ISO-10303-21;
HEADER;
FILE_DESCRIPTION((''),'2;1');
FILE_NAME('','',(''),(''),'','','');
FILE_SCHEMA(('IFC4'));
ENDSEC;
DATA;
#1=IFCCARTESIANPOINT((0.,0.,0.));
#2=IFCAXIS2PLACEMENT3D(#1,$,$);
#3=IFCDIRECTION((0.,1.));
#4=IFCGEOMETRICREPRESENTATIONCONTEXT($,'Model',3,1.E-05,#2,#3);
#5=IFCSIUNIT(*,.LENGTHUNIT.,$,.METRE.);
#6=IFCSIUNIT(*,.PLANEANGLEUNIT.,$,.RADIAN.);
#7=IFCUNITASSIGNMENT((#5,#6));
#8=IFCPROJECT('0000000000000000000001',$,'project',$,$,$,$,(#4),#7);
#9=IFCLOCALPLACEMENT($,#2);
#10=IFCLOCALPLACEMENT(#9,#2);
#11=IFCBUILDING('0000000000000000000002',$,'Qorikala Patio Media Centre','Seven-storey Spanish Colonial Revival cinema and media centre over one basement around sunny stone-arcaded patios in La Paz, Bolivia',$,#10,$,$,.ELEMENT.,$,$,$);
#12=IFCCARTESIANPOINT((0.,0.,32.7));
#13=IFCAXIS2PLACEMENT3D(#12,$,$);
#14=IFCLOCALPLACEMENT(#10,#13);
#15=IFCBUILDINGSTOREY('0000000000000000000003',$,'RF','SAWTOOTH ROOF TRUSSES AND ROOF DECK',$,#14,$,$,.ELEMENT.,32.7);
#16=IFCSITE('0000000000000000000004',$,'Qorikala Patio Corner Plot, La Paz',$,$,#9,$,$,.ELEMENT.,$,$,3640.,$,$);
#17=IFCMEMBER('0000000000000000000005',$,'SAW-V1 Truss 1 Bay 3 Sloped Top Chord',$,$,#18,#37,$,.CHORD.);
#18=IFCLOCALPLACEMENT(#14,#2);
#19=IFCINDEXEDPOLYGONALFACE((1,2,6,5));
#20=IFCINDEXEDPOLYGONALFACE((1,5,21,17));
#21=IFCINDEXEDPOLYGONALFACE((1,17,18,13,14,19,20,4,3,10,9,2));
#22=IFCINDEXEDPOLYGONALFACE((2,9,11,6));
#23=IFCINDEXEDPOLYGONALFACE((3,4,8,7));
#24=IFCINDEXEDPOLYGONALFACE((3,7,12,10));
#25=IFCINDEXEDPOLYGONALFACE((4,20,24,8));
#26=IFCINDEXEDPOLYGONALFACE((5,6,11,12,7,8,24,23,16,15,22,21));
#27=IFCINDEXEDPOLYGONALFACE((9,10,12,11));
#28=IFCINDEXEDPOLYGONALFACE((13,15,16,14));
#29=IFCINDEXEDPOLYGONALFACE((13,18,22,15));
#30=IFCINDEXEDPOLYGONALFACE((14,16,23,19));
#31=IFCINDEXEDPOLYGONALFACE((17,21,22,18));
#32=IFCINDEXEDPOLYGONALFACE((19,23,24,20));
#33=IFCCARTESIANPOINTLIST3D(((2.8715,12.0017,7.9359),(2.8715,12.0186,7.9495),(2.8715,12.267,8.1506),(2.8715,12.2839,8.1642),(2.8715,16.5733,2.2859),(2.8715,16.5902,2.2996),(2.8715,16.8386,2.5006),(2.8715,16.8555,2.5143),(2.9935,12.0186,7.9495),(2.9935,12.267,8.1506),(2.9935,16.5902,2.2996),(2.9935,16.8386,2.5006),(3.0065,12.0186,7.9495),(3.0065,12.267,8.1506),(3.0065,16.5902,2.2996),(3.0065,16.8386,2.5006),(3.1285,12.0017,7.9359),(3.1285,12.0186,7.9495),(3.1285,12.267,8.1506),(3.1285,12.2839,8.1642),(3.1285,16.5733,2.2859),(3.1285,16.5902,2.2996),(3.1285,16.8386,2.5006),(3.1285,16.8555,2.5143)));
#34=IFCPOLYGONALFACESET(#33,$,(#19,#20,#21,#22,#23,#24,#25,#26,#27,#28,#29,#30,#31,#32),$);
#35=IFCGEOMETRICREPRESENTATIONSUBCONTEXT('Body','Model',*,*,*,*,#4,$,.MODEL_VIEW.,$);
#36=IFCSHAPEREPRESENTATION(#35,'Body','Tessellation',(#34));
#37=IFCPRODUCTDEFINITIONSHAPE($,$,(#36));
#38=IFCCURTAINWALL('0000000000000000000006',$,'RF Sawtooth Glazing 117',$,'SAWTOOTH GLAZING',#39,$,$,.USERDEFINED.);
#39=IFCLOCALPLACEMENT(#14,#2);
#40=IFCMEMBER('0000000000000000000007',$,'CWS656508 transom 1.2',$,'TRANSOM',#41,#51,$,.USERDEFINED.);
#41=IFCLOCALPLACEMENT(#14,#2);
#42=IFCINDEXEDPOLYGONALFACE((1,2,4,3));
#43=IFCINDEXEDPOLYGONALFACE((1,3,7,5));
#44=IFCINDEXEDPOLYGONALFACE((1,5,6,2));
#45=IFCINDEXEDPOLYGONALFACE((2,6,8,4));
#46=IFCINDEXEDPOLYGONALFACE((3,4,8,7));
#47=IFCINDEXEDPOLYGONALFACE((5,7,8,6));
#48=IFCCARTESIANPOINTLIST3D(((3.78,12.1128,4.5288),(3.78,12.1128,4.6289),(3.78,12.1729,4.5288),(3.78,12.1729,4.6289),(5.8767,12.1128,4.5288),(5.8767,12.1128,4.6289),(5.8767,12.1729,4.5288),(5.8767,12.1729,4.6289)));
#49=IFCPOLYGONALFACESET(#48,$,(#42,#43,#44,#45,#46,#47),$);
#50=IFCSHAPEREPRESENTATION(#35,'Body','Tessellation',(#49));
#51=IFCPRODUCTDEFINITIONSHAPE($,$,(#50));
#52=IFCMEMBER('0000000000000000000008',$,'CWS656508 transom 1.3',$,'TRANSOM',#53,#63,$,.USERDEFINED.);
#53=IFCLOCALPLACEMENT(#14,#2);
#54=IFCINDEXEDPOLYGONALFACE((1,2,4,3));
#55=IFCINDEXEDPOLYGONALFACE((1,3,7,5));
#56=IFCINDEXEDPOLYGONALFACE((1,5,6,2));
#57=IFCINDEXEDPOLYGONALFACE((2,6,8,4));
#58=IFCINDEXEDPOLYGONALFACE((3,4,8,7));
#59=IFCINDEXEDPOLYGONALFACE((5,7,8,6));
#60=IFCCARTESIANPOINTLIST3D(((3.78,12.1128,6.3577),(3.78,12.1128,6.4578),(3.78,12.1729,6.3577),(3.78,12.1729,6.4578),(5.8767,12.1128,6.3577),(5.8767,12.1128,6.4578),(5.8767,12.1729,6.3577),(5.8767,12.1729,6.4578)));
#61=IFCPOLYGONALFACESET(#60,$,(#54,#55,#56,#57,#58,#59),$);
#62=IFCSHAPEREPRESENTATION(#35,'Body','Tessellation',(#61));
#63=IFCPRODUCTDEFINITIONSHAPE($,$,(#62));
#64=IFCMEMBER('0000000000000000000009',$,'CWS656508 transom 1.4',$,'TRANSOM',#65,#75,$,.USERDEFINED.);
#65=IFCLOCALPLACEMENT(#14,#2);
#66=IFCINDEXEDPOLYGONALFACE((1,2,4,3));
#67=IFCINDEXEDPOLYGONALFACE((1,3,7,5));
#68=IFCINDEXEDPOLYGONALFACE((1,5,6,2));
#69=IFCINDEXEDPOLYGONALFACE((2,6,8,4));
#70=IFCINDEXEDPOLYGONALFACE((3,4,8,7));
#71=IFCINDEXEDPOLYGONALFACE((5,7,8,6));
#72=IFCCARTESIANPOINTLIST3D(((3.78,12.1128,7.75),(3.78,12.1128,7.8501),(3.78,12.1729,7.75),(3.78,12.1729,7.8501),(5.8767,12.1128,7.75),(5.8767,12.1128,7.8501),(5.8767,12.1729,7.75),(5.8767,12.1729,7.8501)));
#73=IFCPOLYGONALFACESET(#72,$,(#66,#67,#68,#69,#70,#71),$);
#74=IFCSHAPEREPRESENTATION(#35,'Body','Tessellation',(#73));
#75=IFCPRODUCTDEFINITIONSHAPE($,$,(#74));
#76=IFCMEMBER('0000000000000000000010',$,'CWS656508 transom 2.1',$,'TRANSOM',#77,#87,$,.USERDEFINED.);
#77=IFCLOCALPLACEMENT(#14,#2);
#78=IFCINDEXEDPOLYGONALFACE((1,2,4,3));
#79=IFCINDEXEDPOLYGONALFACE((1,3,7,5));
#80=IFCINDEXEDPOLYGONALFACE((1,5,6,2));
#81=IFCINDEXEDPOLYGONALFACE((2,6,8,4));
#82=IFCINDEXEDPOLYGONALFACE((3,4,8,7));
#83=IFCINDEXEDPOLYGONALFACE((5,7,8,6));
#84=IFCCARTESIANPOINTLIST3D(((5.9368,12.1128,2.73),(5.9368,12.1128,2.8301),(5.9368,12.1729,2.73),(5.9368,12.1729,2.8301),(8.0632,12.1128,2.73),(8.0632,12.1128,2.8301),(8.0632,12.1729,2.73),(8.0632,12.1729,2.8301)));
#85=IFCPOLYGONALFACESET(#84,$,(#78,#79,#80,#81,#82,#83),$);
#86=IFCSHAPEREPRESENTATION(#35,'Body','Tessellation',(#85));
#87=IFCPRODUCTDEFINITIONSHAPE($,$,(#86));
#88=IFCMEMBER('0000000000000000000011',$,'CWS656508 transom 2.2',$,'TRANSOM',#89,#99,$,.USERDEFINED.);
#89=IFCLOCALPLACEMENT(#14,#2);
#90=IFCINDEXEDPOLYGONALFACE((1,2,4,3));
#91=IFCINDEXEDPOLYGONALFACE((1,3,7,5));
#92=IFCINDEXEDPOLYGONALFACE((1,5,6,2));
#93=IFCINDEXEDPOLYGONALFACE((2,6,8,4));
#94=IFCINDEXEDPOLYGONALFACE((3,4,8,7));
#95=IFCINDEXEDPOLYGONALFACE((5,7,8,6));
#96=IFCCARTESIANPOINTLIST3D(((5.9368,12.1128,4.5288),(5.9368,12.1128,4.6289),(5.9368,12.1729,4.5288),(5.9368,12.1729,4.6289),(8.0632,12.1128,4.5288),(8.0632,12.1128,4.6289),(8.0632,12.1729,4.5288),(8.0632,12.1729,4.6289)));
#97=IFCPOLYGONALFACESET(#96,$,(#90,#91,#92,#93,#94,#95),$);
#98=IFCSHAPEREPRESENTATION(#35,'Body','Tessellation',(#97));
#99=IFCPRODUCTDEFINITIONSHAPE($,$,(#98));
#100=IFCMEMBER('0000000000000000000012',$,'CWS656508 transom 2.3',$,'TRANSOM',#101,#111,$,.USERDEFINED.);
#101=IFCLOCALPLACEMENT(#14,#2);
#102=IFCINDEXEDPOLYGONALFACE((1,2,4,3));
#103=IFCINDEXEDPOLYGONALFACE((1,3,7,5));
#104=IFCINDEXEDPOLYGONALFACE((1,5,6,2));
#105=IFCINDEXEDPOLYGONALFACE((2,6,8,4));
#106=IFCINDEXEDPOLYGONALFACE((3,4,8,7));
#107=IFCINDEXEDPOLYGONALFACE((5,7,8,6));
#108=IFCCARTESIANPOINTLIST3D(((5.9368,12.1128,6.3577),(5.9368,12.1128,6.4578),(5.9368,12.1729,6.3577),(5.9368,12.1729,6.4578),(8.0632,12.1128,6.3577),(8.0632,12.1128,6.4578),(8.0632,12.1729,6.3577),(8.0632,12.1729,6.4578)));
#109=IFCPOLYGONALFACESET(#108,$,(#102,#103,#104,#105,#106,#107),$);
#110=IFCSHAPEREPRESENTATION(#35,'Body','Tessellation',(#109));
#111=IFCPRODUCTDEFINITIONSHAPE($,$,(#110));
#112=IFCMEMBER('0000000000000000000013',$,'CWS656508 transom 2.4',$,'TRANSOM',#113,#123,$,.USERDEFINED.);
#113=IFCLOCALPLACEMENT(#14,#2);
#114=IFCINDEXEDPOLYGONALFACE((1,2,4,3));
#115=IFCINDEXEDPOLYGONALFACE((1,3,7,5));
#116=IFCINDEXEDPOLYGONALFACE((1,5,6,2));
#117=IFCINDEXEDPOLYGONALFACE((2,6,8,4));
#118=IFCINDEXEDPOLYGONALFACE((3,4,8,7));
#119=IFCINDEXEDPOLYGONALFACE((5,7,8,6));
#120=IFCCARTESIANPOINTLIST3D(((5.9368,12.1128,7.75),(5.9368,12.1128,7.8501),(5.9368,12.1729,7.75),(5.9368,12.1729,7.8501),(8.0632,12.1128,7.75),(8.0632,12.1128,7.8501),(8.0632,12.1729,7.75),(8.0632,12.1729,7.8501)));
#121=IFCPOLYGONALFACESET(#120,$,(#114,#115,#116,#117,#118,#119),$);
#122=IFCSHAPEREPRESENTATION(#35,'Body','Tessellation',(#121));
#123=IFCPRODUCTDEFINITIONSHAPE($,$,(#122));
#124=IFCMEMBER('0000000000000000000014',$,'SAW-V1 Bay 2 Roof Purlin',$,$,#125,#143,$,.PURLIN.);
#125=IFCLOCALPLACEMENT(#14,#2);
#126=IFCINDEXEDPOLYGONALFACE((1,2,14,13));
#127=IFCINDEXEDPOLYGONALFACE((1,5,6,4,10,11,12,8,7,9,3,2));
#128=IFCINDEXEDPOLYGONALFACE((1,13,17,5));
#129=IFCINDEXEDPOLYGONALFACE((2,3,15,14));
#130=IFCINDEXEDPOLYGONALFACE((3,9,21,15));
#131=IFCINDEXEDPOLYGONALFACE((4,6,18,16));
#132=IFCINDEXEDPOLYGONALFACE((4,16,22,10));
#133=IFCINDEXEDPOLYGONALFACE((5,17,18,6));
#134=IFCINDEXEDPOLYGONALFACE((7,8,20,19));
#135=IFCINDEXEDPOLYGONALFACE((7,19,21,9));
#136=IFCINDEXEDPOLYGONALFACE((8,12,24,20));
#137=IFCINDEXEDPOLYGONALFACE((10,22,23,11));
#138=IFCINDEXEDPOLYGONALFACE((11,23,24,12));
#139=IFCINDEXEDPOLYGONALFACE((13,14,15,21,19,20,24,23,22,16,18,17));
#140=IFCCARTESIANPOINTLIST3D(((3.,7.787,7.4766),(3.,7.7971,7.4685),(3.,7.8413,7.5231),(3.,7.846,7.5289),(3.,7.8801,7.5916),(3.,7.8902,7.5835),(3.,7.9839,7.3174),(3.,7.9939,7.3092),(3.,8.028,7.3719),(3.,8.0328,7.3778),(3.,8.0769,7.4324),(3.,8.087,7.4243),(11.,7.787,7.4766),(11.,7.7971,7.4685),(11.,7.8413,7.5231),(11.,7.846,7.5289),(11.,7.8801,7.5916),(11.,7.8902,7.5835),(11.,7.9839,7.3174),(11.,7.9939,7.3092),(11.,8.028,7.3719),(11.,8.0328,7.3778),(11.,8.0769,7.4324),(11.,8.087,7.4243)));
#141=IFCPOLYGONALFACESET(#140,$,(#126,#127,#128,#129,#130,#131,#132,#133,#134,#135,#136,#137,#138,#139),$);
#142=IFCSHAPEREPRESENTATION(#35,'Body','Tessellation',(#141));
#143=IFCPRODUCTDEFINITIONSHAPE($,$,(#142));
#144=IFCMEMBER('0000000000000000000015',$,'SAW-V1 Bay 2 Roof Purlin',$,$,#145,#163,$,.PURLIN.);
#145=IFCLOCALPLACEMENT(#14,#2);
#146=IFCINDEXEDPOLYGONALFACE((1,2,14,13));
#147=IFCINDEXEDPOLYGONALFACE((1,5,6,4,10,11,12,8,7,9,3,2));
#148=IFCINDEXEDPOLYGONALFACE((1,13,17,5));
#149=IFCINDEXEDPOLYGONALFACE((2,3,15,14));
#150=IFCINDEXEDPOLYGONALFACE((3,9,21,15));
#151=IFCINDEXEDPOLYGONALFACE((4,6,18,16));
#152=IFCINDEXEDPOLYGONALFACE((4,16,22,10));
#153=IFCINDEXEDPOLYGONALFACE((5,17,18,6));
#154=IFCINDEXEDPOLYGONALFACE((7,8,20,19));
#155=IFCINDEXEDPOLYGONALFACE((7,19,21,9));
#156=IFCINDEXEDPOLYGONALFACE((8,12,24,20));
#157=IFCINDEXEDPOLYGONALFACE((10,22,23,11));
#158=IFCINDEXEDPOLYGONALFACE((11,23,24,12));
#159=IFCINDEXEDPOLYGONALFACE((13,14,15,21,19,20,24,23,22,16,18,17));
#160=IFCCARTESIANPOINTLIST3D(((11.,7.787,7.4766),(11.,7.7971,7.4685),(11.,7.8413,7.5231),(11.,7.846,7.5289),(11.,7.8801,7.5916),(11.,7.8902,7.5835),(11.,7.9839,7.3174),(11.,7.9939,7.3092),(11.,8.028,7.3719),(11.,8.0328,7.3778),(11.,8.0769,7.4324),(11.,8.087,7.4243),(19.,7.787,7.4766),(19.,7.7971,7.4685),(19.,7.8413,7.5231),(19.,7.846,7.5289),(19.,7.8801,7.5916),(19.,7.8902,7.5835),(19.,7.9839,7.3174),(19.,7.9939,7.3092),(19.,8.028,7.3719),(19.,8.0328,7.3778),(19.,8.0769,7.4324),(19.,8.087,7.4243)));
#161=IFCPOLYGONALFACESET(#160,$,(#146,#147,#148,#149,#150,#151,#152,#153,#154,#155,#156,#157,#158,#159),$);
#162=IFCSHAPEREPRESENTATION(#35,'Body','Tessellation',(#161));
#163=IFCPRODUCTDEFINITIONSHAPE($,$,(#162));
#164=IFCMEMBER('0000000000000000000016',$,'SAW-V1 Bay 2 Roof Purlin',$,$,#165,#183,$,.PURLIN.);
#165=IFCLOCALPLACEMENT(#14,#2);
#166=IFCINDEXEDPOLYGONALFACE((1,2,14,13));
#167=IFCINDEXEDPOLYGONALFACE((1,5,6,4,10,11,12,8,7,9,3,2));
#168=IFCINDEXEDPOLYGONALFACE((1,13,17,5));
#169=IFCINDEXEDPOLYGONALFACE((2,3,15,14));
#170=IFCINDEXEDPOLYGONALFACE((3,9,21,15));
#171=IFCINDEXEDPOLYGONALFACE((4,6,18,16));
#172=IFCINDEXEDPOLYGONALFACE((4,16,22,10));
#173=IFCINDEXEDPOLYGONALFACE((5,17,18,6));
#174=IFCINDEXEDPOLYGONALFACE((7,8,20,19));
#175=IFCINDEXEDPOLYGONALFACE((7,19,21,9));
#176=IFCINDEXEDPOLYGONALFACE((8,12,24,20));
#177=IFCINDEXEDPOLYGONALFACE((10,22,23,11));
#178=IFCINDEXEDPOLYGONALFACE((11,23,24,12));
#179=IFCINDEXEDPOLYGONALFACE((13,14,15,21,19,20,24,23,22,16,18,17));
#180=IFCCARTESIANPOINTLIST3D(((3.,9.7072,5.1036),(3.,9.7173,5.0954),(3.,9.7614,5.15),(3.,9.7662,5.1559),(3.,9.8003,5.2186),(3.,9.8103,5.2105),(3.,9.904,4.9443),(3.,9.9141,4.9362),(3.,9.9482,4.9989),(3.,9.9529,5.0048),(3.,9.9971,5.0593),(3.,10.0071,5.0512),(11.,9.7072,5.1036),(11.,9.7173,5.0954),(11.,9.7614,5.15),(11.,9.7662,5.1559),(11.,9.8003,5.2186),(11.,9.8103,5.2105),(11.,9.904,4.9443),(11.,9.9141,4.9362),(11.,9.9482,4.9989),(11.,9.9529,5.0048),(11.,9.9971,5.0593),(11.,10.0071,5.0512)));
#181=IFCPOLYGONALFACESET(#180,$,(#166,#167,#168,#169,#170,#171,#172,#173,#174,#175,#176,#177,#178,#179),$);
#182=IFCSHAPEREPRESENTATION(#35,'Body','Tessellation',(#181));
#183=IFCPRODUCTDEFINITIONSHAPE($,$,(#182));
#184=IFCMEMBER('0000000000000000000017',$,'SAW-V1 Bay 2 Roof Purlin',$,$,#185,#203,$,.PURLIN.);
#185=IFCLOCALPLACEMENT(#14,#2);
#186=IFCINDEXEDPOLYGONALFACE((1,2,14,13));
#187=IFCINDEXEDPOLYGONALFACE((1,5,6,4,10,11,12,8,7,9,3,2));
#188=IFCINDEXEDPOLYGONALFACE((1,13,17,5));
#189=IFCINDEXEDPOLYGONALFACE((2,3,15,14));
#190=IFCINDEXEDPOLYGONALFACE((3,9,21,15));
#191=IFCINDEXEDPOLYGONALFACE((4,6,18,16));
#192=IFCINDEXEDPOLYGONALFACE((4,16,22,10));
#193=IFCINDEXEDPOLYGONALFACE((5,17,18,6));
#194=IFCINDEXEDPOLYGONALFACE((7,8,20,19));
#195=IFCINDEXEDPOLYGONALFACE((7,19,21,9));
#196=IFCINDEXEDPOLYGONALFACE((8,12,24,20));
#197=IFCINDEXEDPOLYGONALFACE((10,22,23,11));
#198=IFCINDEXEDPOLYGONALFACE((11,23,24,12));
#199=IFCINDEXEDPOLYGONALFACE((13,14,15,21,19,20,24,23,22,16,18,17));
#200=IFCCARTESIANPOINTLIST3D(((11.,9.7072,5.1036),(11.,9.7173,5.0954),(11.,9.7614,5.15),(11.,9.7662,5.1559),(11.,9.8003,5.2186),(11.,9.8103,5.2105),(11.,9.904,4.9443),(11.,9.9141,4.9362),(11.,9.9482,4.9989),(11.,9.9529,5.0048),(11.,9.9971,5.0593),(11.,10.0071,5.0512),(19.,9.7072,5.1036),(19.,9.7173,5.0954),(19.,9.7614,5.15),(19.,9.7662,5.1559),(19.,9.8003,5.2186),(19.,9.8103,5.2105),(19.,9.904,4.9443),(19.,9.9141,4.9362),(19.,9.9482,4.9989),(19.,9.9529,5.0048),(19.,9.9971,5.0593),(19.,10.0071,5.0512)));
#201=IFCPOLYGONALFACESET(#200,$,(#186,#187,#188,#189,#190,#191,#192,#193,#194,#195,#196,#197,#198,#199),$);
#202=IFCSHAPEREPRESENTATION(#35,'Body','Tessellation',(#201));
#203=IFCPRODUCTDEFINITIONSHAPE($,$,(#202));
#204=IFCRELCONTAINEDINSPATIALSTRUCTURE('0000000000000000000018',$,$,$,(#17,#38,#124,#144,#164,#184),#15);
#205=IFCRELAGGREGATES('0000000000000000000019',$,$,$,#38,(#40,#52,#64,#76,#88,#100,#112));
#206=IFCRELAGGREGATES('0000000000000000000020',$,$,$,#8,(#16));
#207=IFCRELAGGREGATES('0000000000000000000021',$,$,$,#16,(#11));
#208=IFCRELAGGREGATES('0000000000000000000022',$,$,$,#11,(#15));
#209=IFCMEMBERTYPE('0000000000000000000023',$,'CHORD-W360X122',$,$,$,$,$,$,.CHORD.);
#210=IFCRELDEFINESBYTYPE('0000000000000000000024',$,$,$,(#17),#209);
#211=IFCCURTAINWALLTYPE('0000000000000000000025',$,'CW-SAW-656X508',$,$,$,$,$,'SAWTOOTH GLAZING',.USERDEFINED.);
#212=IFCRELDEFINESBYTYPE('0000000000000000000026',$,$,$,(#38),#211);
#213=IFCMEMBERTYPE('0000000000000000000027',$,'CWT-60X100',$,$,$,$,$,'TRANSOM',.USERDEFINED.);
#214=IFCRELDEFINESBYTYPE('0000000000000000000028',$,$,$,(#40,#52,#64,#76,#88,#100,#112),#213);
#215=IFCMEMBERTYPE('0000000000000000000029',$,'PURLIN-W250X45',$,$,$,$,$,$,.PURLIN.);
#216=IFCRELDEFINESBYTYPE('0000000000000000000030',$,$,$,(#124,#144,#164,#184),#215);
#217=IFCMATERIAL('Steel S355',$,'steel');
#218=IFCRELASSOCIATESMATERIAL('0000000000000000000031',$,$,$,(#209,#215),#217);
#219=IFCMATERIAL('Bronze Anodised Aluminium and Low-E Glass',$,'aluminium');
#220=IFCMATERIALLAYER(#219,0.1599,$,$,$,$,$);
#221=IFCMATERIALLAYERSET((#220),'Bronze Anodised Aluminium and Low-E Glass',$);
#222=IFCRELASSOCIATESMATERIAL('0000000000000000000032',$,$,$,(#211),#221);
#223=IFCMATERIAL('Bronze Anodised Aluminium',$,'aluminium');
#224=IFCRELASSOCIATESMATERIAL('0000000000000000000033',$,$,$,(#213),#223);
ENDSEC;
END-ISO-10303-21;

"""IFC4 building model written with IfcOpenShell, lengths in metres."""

from ifc_helpers import new_model, si_unit, direction, frame, origin, origin_2d, place, context, subcontext, project, spatial, rectangle, i_section, extrude, material, layer, layer_set, material_profile, profile_set, type_object, element, aggregate, save


model = new_model("IFC4")

# Units and contexts
model_context = context("Model", 3, precision=1e-05, world=origin(), true_north=direction((0.0, 1.0)))
body_context = subcontext(model_context, "Body", "Model", "MODEL_VIEW")
ifc_project = project(units=[si_unit("LENGTHUNIT", "METRE"), si_unit("PLANEANGLEUNIT", "RADIAN")], contexts=[model_context])

# Site, building, storey
site_placement = place(None, origin())
site = spatial("IfcSite", under=ifc_project, at=site_placement, Name="Qorikala Patio Corner Plot, La Paz", CompositionType="ELEMENT", RefElevation=3640.0)
building_placement = place(site_placement, origin())
building = spatial("IfcBuilding", under=site, at=building_placement, Name="Qorikala Patio Media Centre", Description="Seven-storey Spanish Colonial Revival cinema and media centre over one basement around sunny stone-arcaded patios in La Paz, Bolivia", CompositionType="ELEMENT")
storey_placement = place(building_placement, frame((0.0, 0.0, 32.7)))
storey = spatial("IfcBuildingStorey", under=building, at=storey_placement, Name="RF", Description="SAWTOOTH ROOF TRUSSES AND ROOF DECK", CompositionType="ELEMENT", Elevation=32.7)

# Member
ifc_material_1 = material(Name="Steel S355", Category="steel")
ifc_material_profile_1 = material_profile(ifc_material_1, i_section(OverallWidth=0.2571, OverallDepth=0.363, WebThickness=0.0129, FlangeThickness=0.0217, at=origin_2d()), Name="W360X122")
ifc_profile_set_1 = profile_set([ifc_material_profile_1], Name="Steel S355")
member_type_1 = type_object("IfcMemberType", Name="CHORD-W360X122", PredefinedType="CHORD", material=ifc_profile_set_1)
member_1_placement = place(storey_placement, frame((3.0, 12.1428, 8.05), z_axis=(0.0, 0.629016, -0.777393), x_axis=(-1.0, 0.0, 0.0)))
element("IfcMember", 1, at=member_1_placement, inside=storey, type_object=member_type_1, Name="SAW-V1 Truss 1 Bay 3 Sloped Top Chord", PredefinedType="CHORD", context=body_context, shape_type="SweptSolid", body=[
    extrude(i_section(OverallWidth=0.2571, OverallDepth=0.363, WebThickness=0.0129, FlangeThickness=0.0217, at=origin_2d()), origin(), (0.0, 0.0, 1.0), 7.2678),
])

# Curtain wall, members
ifc_material_2 = material(Name="Bronze Anodised Aluminium and Low-E Glass", Category="aluminium")
ifc_layer_1 = layer(ifc_material_2, 0.1599)
ifc_layer_set_1 = layer_set([ifc_layer_1], Name="Bronze Anodised Aluminium and Low-E Glass")
curtain_wall_type = type_object("IfcCurtainWallType", Name="CW-SAW-656X508", ElementType="SAWTOOTH GLAZING", PredefinedType="USERDEFINED", material=ifc_layer_set_1)
curtain_wall_placement = place(storey_placement, origin())
curtain_wall = element("IfcCurtainWall", 2, at=curtain_wall_placement, inside=storey, type_object=curtain_wall_type, Name="RF Sawtooth Glazing 117", ObjectType="SAWTOOTH GLAZING", PredefinedType="USERDEFINED")
ifc_material_3 = material(Name="Bronze Anodised Aluminium", Category="aluminium")
ifc_material_profile_2 = material_profile(ifc_material_3, rectangle(XDim=0.0601, YDim=0.1001, at=origin_2d()), Name="ALU TRANSOM 60x100")
ifc_profile_set_2 = profile_set([ifc_material_profile_2], Name="Bronze Anodised Aluminium")
member_type_2 = type_object("IfcMemberType", Name="CWT-60X100", ElementType="TRANSOM", PredefinedType="USERDEFINED", material=ifc_profile_set_2)
member_2_placement = place(storey_placement, frame((3.78, 12.1428, 4.5789), z_axis=(1.0, 0.0, 0.0), x_axis=(0.0, 1.0, 0.0)))
member_2 = element("IfcMember", 3, at=member_2_placement, type_object=member_type_2, Name="CWS656508 transom 1.2", ObjectType="TRANSOM", PredefinedType="USERDEFINED", context=body_context, shape_type="SweptSolid", body=[
    extrude(rectangle(XDim=0.0601, YDim=0.1001, at=origin_2d()), origin(), (0.0, 0.0, 1.0), 2.0967),
])
member_3_placement = place(storey_placement, frame((3.78, 12.1428, 6.4077), z_axis=(1.0, 0.0, 0.0), x_axis=(0.0, 1.0, 0.0)))
member_3 = element("IfcMember", 4, at=member_3_placement, type_object=member_type_2, Name="CWS656508 transom 1.3", ObjectType="TRANSOM", PredefinedType="USERDEFINED", context=body_context, shape_type="SweptSolid", body=[
    extrude(rectangle(XDim=0.0601, YDim=0.1001, at=origin_2d()), origin(), (0.0, 0.0, 1.0), 2.0967),
])
member_4_placement = place(storey_placement, frame((3.78, 12.1428, 7.8), z_axis=(1.0, 0.0, 0.0), x_axis=(0.0, 1.0, 0.0)))
member_4 = element("IfcMember", 5, at=member_4_placement, type_object=member_type_2, Name="CWS656508 transom 1.4", ObjectType="TRANSOM", PredefinedType="USERDEFINED", context=body_context, shape_type="SweptSolid", body=[
    extrude(rectangle(XDim=0.0601, YDim=0.1001, at=origin_2d()), origin(), (0.0, 0.0, 1.0), 2.0967),
])
member_5_placement = place(storey_placement, frame((5.9368, 12.1428, 2.78), z_axis=(1.0, 0.0, 0.0), x_axis=(0.0, 1.0, 0.0)))
member_5 = element("IfcMember", 6, at=member_5_placement, type_object=member_type_2, Name="CWS656508 transom 2.1", ObjectType="TRANSOM", PredefinedType="USERDEFINED", context=body_context, shape_type="SweptSolid", body=[
    extrude(rectangle(XDim=0.0601, YDim=0.1001, at=origin_2d()), origin(), (0.0, 0.0, 1.0), 2.1265),
])
member_6_placement = place(storey_placement, frame((5.9368, 12.1428, 4.5789), z_axis=(1.0, 0.0, 0.0), x_axis=(0.0, 1.0, 0.0)))
member_6 = element("IfcMember", 7, at=member_6_placement, type_object=member_type_2, Name="CWS656508 transom 2.2", ObjectType="TRANSOM", PredefinedType="USERDEFINED", context=body_context, shape_type="SweptSolid", body=[
    extrude(rectangle(XDim=0.0601, YDim=0.1001, at=origin_2d()), origin(), (0.0, 0.0, 1.0), 2.1265),
])
member_7_placement = place(storey_placement, frame((5.9368, 12.1428, 6.4077), z_axis=(1.0, 0.0, 0.0), x_axis=(0.0, 1.0, 0.0)))
member_7 = element("IfcMember", 8, at=member_7_placement, type_object=member_type_2, Name="CWS656508 transom 2.3", ObjectType="TRANSOM", PredefinedType="USERDEFINED", context=body_context, shape_type="SweptSolid", body=[
    extrude(rectangle(XDim=0.0601, YDim=0.1001, at=origin_2d()), origin(), (0.0, 0.0, 1.0), 2.1265),
])
member_8_placement = place(storey_placement, frame((5.9368, 12.1428, 7.8), z_axis=(1.0, 0.0, 0.0), x_axis=(0.0, 1.0, 0.0)))
member_8 = element("IfcMember", 9, at=member_8_placement, type_object=member_type_2, Name="CWS656508 transom 2.4", ObjectType="TRANSOM", PredefinedType="USERDEFINED", context=body_context, shape_type="SweptSolid", body=[
    extrude(rectangle(XDim=0.0601, YDim=0.1001, at=origin_2d()), origin(), (0.0, 0.0, 1.0), 2.1265),
])

# Members
ifc_material_profile_3 = material_profile(ifc_material_1, i_section(OverallWidth=0.1479, OverallDepth=0.2661, WebThickness=0.0076, FlangeThickness=0.0129, at=origin_2d()), Name="W250X45")
ifc_profile_set_3 = profile_set([ifc_material_profile_3], Name="Steel S355")
member_type_3 = type_object("IfcMemberType", Name="PURLIN-W250X45", PredefinedType="PURLIN", material=ifc_profile_set_3)
for number, where, z_axis, x_axis, name in (
    (10, (3.0, 7.937, 7.4504), (1.0, 0.0, 0.0), (0.0, 0.628995, 0.77741), "SAW-V1 Bay 2 Roof Purlin"),
    (11, (11.0, 7.937, 7.4504), (1.0, 0.0, 0.0), (0.0, 0.628995, 0.77741), "SAW-V1 Bay 2 Roof Purlin"),
    (12, (3.0, 9.8572, 5.0774), (1.0, 0.0, 0.0), (0.0, 0.628995, 0.77741), "SAW-V1 Bay 2 Roof Purlin"),
    (13, (11.0, 9.8572, 5.0774), (1.0, 0.0, 0.0), (0.0, 0.628995, 0.77741), "SAW-V1 Bay 2 Roof Purlin"),
):
    element("IfcMember", number, at=place(storey_placement, frame(where, z_axis=z_axis, x_axis=x_axis)), inside=storey, type_object=member_type_3, Name=name, PredefinedType="PURLIN", context=body_context, shape_type="SweptSolid", body=[
        extrude(i_section(OverallWidth=0.1479, OverallDepth=0.2661, WebThickness=0.0076, FlangeThickness=0.0129, at=origin_2d()), origin(), (0.0, 0.0, 1.0), 8.0),
    ])

aggregate(curtain_wall, [member_2, member_3, member_4, member_5, member_6, member_7, member_8])

save(model, "model.ifc")
